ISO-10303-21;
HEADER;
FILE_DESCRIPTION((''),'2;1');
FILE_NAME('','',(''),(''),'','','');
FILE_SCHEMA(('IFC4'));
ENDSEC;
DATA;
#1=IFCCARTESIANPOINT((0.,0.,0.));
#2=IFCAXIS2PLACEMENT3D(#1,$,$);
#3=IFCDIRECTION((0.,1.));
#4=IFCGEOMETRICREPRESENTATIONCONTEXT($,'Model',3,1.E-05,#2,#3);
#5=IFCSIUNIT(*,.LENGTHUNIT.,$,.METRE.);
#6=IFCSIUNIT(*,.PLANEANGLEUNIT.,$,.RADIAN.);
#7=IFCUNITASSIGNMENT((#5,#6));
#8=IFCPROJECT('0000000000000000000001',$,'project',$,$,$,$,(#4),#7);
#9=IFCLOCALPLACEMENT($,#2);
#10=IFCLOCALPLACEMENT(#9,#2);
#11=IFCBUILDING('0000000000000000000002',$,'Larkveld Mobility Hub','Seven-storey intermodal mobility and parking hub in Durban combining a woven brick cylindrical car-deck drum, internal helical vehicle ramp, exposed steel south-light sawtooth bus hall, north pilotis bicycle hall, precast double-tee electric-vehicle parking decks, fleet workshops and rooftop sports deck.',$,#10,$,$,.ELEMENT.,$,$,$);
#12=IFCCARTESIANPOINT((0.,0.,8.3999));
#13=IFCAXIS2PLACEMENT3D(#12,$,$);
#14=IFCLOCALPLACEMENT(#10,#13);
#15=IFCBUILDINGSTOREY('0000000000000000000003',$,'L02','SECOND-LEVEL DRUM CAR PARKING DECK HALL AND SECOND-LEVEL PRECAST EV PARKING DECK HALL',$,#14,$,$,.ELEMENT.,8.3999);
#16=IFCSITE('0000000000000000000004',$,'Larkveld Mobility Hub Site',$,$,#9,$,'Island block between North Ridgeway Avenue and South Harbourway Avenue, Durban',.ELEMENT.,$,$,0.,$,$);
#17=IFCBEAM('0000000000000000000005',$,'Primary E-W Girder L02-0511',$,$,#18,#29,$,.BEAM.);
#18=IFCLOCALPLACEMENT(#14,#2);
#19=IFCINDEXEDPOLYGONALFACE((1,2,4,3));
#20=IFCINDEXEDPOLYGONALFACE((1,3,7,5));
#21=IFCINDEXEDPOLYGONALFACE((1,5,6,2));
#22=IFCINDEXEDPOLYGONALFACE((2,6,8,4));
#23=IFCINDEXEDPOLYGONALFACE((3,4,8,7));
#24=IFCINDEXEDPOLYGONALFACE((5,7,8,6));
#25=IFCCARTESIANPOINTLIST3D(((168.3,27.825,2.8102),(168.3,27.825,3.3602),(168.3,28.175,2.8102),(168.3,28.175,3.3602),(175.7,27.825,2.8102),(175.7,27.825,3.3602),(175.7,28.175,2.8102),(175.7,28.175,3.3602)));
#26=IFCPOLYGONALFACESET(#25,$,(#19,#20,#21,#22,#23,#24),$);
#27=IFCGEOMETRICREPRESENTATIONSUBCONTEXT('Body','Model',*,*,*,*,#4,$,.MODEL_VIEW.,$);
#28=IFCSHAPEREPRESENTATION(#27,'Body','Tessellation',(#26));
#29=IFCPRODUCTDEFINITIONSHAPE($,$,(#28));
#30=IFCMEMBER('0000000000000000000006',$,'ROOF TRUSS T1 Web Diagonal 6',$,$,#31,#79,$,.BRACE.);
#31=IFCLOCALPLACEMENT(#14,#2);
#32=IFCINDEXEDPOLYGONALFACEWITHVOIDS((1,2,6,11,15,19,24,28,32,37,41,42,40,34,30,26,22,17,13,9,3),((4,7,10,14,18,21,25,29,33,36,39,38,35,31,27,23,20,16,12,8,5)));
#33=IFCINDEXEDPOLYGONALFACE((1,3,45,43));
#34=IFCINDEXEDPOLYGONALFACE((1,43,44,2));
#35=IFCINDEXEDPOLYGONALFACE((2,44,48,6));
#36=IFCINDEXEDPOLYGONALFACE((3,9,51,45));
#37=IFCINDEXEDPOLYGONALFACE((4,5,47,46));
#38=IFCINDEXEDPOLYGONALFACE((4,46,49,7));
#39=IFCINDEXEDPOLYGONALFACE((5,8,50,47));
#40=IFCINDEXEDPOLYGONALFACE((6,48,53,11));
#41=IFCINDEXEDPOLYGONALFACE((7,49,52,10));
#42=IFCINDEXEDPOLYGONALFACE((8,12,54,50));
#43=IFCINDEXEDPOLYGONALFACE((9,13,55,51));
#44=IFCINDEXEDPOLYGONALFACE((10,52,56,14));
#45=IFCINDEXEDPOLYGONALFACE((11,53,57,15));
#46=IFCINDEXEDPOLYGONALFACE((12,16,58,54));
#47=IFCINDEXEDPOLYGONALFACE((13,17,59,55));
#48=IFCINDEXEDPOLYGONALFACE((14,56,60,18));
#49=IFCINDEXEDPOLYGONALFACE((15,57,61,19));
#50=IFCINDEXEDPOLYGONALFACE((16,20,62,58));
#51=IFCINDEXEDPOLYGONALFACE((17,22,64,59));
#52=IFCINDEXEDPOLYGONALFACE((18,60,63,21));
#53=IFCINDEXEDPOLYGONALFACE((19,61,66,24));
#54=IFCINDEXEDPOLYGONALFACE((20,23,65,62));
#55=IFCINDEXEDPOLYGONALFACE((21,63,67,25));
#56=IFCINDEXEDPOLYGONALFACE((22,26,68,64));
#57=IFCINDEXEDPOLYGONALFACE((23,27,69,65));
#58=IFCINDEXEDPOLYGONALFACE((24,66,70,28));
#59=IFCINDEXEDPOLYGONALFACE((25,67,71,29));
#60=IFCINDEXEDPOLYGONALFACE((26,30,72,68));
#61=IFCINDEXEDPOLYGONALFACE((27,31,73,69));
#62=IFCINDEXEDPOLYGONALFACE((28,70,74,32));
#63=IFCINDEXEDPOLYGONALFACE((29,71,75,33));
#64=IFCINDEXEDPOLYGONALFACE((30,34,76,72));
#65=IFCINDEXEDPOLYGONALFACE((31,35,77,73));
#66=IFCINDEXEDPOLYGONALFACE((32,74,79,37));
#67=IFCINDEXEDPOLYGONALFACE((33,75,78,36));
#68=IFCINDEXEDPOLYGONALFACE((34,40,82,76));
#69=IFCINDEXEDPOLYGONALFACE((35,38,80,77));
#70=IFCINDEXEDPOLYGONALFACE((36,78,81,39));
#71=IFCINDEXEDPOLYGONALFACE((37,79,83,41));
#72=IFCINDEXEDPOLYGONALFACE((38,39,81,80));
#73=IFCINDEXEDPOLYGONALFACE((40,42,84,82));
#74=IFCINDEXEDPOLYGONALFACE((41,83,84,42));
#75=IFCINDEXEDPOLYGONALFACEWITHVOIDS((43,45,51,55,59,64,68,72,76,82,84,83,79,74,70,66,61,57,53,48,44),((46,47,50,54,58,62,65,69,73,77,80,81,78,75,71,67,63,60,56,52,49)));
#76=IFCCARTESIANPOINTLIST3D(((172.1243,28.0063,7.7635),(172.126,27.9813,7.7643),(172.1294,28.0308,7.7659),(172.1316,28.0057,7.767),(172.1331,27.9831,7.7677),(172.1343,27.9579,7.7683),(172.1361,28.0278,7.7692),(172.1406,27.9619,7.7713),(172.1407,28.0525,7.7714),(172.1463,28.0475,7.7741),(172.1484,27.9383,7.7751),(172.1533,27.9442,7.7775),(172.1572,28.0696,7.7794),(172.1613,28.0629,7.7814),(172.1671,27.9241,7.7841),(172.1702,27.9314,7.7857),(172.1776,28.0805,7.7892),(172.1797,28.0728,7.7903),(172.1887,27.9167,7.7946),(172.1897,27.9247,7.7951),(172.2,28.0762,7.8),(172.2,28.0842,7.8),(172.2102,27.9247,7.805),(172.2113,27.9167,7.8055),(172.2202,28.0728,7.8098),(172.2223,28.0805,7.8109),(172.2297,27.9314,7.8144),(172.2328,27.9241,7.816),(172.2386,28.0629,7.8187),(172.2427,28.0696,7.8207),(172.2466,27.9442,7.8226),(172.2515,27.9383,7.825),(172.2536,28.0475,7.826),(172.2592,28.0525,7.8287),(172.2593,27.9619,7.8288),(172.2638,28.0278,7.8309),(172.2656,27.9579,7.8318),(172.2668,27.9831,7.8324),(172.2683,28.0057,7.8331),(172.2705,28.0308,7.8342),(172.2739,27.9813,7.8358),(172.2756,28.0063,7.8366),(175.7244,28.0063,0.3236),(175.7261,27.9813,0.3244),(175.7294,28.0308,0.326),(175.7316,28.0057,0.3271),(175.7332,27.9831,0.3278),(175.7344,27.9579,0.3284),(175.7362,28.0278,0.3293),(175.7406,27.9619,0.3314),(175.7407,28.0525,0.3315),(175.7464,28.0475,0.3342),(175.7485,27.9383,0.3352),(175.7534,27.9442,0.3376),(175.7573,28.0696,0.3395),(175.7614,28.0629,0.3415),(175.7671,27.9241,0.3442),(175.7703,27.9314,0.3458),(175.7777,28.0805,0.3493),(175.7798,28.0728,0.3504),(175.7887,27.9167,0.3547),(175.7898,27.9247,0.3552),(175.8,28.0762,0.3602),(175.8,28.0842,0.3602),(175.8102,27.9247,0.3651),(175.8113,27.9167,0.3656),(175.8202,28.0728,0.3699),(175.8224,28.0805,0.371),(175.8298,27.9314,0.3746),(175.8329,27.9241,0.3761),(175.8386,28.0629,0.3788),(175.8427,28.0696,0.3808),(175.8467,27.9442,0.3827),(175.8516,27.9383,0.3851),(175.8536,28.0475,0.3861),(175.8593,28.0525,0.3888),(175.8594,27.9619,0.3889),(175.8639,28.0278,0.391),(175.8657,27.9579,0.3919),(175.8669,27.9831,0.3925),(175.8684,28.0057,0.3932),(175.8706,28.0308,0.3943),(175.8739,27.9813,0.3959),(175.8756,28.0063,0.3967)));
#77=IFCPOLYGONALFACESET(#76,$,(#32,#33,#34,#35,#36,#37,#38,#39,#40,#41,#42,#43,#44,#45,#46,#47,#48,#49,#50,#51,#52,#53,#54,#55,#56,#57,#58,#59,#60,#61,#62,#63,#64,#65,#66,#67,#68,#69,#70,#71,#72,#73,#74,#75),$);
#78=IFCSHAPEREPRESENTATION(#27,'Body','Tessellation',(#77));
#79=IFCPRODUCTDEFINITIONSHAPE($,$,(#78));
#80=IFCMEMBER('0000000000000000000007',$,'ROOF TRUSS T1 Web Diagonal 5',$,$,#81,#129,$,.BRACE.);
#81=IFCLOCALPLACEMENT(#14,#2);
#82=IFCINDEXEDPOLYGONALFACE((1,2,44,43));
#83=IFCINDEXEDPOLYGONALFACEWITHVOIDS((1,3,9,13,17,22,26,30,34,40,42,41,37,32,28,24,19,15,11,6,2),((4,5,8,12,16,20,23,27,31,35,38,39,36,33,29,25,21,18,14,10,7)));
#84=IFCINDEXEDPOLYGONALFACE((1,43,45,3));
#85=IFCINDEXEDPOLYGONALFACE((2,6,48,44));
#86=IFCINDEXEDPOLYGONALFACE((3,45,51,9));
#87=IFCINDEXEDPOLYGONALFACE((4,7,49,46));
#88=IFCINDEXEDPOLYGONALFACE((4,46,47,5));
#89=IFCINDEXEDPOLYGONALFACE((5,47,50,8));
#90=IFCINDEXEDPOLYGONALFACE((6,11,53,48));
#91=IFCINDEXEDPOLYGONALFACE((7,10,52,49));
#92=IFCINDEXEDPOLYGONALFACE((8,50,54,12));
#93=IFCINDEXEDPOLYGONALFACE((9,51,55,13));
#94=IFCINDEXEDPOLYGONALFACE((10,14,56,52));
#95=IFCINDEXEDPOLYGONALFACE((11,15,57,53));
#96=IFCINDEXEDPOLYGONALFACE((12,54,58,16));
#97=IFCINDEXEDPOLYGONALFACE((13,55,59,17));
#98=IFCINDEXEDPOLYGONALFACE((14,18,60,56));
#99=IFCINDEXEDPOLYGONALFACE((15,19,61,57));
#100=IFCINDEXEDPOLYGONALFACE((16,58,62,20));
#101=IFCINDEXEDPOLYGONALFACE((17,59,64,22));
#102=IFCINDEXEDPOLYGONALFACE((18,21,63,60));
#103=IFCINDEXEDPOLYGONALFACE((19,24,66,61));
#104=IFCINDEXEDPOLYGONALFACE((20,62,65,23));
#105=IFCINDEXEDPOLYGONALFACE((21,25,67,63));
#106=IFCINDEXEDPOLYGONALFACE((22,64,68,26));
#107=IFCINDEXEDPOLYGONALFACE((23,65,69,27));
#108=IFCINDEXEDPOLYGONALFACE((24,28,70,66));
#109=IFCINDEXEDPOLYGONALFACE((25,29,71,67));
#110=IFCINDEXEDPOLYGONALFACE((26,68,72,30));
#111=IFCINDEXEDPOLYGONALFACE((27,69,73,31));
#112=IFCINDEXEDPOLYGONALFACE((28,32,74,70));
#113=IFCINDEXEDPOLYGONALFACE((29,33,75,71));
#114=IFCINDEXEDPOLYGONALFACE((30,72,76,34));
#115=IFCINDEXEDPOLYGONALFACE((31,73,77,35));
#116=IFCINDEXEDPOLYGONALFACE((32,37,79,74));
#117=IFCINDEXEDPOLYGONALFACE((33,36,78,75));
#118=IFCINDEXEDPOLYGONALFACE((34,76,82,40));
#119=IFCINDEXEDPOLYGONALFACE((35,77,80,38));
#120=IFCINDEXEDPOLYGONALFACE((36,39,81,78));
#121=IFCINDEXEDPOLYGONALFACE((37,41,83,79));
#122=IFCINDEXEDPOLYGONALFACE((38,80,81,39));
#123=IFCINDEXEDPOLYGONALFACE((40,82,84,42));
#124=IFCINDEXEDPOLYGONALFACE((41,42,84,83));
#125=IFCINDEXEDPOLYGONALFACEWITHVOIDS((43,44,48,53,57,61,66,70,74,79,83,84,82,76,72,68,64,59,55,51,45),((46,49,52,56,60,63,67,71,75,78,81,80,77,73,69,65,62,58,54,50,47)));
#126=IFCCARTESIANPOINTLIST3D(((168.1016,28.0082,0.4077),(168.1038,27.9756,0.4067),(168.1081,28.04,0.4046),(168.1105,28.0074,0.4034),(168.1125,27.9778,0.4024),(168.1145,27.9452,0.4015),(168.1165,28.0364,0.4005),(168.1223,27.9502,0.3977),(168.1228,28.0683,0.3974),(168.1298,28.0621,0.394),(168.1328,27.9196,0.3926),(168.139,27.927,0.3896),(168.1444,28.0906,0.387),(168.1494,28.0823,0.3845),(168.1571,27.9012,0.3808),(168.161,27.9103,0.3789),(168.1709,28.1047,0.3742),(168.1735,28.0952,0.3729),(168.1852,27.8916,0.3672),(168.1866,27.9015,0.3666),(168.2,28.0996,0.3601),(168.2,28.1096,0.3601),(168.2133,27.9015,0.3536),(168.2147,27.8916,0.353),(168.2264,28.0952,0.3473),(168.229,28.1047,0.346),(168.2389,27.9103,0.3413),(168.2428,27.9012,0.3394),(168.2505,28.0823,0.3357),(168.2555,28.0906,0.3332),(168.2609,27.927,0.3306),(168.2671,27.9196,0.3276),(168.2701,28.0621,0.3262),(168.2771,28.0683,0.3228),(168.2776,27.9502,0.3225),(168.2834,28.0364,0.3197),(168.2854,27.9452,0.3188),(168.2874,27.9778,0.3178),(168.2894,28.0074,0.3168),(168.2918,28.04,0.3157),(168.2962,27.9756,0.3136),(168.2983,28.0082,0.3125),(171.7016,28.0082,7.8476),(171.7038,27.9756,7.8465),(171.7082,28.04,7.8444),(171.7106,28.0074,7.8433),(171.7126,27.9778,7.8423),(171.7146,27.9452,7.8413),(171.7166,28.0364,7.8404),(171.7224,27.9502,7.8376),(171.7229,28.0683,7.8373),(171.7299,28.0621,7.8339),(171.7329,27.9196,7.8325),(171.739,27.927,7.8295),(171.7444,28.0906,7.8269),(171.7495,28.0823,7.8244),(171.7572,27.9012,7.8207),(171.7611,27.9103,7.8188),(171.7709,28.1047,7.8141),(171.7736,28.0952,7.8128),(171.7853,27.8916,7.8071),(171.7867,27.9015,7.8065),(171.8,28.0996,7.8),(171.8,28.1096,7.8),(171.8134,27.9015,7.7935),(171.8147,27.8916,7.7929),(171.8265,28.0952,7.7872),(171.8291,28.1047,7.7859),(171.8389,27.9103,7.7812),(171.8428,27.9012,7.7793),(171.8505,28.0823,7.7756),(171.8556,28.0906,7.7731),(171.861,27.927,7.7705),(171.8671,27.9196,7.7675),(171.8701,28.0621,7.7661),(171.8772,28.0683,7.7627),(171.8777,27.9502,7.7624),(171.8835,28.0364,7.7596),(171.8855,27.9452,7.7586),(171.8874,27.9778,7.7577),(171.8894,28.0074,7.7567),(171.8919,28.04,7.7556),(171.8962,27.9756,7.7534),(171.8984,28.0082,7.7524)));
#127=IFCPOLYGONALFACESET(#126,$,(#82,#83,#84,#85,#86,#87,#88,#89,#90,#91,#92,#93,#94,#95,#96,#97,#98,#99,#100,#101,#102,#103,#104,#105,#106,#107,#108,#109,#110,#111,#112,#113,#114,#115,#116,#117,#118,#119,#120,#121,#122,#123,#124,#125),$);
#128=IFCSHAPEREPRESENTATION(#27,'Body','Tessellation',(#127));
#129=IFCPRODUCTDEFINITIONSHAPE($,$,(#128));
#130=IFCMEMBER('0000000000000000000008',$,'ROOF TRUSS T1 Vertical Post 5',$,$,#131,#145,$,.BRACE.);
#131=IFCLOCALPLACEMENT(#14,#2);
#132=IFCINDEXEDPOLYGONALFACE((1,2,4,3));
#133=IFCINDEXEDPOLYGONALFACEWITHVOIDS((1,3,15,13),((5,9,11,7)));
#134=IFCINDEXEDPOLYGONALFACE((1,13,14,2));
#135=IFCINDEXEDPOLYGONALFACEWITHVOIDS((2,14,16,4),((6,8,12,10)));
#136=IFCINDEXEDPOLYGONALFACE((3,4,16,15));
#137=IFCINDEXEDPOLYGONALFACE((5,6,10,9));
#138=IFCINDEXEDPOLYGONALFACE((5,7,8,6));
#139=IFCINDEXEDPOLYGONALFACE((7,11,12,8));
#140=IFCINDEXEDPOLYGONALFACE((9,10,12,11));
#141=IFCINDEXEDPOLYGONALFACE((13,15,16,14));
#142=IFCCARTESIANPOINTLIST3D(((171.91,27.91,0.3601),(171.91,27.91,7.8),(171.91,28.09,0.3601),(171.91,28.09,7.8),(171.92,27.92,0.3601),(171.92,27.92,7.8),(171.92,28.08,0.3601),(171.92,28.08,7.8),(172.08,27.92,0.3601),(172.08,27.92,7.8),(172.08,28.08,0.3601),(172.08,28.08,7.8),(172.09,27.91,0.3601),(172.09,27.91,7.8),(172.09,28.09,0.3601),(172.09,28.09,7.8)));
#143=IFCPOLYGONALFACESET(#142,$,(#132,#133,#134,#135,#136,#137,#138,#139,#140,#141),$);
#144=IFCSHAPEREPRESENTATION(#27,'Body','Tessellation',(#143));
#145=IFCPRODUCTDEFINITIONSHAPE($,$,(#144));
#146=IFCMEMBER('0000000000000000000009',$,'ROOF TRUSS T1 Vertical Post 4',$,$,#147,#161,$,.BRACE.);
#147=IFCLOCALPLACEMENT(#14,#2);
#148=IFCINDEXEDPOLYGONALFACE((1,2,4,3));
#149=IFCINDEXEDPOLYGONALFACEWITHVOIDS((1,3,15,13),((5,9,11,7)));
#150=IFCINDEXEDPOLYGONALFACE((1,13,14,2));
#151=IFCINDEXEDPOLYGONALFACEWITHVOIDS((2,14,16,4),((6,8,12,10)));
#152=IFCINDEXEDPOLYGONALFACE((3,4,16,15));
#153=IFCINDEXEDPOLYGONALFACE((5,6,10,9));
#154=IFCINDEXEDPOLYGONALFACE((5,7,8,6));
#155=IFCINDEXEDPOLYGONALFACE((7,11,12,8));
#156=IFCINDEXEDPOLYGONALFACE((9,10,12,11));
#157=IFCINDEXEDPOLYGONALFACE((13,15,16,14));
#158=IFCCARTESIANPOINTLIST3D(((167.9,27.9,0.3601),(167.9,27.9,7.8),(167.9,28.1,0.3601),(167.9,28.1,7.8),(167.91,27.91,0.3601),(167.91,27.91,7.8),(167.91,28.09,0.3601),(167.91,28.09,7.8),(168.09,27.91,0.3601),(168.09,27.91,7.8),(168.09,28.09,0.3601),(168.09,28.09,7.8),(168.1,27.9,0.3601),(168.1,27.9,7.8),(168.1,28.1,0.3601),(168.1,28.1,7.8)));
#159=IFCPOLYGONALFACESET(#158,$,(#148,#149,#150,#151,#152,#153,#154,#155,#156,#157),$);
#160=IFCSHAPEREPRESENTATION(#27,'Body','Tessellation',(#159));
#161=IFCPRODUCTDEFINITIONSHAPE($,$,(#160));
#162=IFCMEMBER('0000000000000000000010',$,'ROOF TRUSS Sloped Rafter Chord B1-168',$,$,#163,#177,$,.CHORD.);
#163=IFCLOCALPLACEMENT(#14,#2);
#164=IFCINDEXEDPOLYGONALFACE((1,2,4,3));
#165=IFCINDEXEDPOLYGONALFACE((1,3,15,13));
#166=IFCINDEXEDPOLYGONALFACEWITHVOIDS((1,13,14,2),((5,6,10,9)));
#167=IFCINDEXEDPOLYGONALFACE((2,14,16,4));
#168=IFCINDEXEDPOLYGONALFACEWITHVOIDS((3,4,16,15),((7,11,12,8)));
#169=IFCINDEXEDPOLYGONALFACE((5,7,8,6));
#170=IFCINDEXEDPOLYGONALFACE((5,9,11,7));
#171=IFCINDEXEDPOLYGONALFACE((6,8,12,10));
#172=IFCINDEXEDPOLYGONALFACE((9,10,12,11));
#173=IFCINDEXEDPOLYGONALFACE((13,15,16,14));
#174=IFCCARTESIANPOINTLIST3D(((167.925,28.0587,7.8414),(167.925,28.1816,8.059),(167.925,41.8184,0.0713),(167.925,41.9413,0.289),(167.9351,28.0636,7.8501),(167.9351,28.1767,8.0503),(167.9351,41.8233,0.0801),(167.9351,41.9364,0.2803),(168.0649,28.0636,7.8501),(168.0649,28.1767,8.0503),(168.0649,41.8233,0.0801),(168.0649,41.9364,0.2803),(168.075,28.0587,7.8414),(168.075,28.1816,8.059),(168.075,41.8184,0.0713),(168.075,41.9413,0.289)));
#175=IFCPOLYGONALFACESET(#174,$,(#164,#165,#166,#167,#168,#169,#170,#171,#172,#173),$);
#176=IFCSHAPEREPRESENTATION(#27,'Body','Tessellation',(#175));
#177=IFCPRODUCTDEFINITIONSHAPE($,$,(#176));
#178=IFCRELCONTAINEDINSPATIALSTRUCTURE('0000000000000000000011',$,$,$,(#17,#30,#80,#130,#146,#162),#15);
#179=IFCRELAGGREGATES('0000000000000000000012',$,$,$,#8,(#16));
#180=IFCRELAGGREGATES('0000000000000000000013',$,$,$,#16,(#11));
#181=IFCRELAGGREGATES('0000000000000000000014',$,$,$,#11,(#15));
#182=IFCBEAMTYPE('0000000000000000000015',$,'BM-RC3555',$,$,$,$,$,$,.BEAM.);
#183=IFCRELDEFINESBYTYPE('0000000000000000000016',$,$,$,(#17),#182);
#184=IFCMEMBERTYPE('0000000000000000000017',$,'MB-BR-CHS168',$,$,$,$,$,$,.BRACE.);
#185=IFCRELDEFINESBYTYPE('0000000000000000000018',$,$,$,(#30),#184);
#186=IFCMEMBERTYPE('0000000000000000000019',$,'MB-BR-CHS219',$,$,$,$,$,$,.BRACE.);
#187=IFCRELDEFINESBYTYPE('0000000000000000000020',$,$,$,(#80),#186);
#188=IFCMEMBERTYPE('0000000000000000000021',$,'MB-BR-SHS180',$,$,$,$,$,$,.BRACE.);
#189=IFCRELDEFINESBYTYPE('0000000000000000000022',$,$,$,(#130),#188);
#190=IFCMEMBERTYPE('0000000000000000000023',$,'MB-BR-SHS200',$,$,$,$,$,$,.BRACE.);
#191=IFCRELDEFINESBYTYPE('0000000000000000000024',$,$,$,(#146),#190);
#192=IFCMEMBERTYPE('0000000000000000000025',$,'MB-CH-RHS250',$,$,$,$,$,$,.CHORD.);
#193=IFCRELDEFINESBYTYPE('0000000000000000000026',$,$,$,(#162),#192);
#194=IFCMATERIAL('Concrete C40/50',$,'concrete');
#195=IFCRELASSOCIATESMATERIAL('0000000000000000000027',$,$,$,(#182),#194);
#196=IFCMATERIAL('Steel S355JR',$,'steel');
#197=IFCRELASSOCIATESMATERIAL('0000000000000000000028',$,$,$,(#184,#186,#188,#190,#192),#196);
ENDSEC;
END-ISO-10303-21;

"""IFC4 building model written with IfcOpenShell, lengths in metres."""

from ifc_helpers import new_model, si_unit, direction, frame, origin, origin_2d, place, context, subcontext, project, spatial, rectangle, hollow_rectangle, hollow_circle, extrude, material, material_profile, profile_set, type_object, element, save


model = new_model("IFC4")

# Units and contexts
model_context = context("Model", 3, precision=1e-05, world=origin(), true_north=direction((0.0, 1.0)))
body_context = subcontext(model_context, "Body", "Model", "MODEL_VIEW")
ifc_project = project(units=[si_unit("LENGTHUNIT", "METRE"), si_unit("PLANEANGLEUNIT", "RADIAN")], contexts=[model_context])

# Site, building, storey
site_placement = place(None, origin())
site = spatial("IfcSite", under=ifc_project, at=site_placement, Name="Larkveld Mobility Hub Site", LongName="Island block between North Ridgeway Avenue and South Harbourway Avenue, Durban", CompositionType="ELEMENT", RefElevation=0.0)
building_placement = place(site_placement, origin())
building = spatial("IfcBuilding", under=site, at=building_placement, Name="Larkveld Mobility Hub", Description="Seven-storey intermodal mobility and parking hub in Durban combining a woven brick cylindrical car-deck drum, internal helical vehicle ramp, exposed steel south-light sawtooth bus hall, north pilotis bicycle hall, precast double-tee electric-vehicle parking decks, fleet workshops and rooftop sports deck.", CompositionType="ELEMENT")
storey_placement = place(building_placement, frame((0.0, 0.0, 8.3999)))
storey = spatial("IfcBuildingStorey", under=building, at=storey_placement, Name="L02", Description="SECOND-LEVEL DRUM CAR PARKING DECK HALL AND SECOND-LEVEL PRECAST EV PARKING DECK HALL", CompositionType="ELEMENT", Elevation=8.3999)

# Beam
ifc_material_1 = material(Name="Concrete C40/50", Category="concrete")
ifc_material_profile_1 = material_profile(ifc_material_1, rectangle(XDim=0.3501, YDim=0.55, at=origin_2d()), Name="RC BM 350x550")
ifc_profile_set_1 = profile_set([ifc_material_profile_1], Name="Concrete C40/50")
beam_type = type_object("IfcBeamType", Name="BM-RC3555", PredefinedType="BEAM", material=ifc_profile_set_1)
beam_placement = place(storey_placement, frame((168.3, 28.0, 3.0852), z_axis=(1.0, 0.0, 0.0), x_axis=(0.0, 1.0, 0.0)))
element("IfcBeam", 1, at=beam_placement, inside=storey, type_object=beam_type, Name="Primary E-W Girder L02-0511", PredefinedType="BEAM", context=body_context, shape_type="SweptSolid", body=[
    extrude(rectangle(XDim=0.3501, YDim=0.55, at=origin_2d()), origin(), (0.0, 0.0, 1.0), 7.3999),
])

# Members
ifc_material_2 = material(Name="Steel S355JR", Category="steel")
ifc_material_profile_2 = material_profile(ifc_material_2, hollow_circle(Radius=0.0842, WallThickness=0.0081, at=origin_2d()), Name="CHS 168.3x8")
ifc_profile_set_2 = profile_set([ifc_material_profile_2], Name="Steel S355JR")
member_type_1 = type_object("IfcMemberType", Name="MB-BR-CHS168", PredefinedType="BRACE", material=ifc_profile_set_2)
member_1_placement = place(storey_placement, frame((172.2, 28.0, 7.8), z_axis=(0.435573, 0.0, -0.900153), x_axis=(0.0, 1.0, 0.0)))
element("IfcMember", 2, at=member_1_placement, inside=storey, type_object=member_type_1, Name="ROOF TRUSS T1 Web Diagonal 6", PredefinedType="BRACE", context=body_context, shape_type="SweptSolid", body=[
    extrude(hollow_circle(Radius=0.0842, WallThickness=0.0081, at=origin_2d()), origin(), (0.0, 0.0, 1.0), 8.2651),
])
ifc_material_profile_3 = material_profile(ifc_material_2, hollow_circle(Radius=0.1096, WallThickness=0.01, at=origin_2d()), Name="CHS 219.1x10")
ifc_profile_set_3 = profile_set([ifc_material_profile_3], Name="Steel S355JR")
member_type_2 = type_object("IfcMemberType", Name="MB-BR-CHS219", PredefinedType="BRACE", material=ifc_profile_set_3)
member_2_placement = place(storey_placement, frame((168.2, 28.0, 0.3601), z_axis=(0.435573, 0.0, 0.900153), x_axis=(0.0, 1.0, 0.0)))
element("IfcMember", 3, at=member_2_placement, inside=storey, type_object=member_type_2, Name="ROOF TRUSS T1 Web Diagonal 5", PredefinedType="BRACE", context=body_context, shape_type="SweptSolid", body=[
    extrude(hollow_circle(Radius=0.1096, WallThickness=0.01, at=origin_2d()), origin(), (0.0, 0.0, 1.0), 8.2651),
])
ifc_material_profile_4 = material_profile(ifc_material_2, hollow_rectangle(XDim=0.1799, YDim=0.1799, WallThickness=0.01, at=origin_2d()), Name="SHS 180x180x10")
ifc_profile_set_4 = profile_set([ifc_material_profile_4], Name="Steel S355JR")
member_type_3 = type_object("IfcMemberType", Name="MB-BR-SHS180", PredefinedType="BRACE", material=ifc_profile_set_4)
member_3_placement = place(storey_placement, frame((172.0, 28.0, 0.3601), z_axis=(0.0, 0.0, 1.0), x_axis=(1.0, 0.0, 0.0)))
element("IfcMember", 4, at=member_3_placement, inside=storey, type_object=member_type_3, Name="ROOF TRUSS T1 Vertical Post 5", PredefinedType="BRACE", context=body_context, shape_type="SweptSolid", body=[
    extrude(hollow_rectangle(XDim=0.1799, YDim=0.1799, WallThickness=0.01, at=origin_2d()), origin(), (0.0, 0.0, 1.0), 7.4399),
])
ifc_material_profile_5 = material_profile(ifc_material_2, hollow_rectangle(XDim=0.2, YDim=0.2, WallThickness=0.01, at=origin_2d()), Name="SHS 200x200x10")
ifc_profile_set_5 = profile_set([ifc_material_profile_5], Name="Steel S355JR")
member_type_4 = type_object("IfcMemberType", Name="MB-BR-SHS200", PredefinedType="BRACE", material=ifc_profile_set_5)
member_4_placement = place(storey_placement, frame((168.0, 28.0, 0.3601), z_axis=(0.0, 0.0, 1.0), x_axis=(1.0, 0.0, 0.0)))
element("IfcMember", 5, at=member_4_placement, inside=storey, type_object=member_type_4, Name="ROOF TRUSS T1 Vertical Post 4", PredefinedType="BRACE", context=body_context, shape_type="SweptSolid", body=[
    extrude(hollow_rectangle(XDim=0.2, YDim=0.2, WallThickness=0.01, at=origin_2d()), origin(), (0.0, 0.0, 1.0), 7.4399),
])
ifc_material_profile_6 = material_profile(ifc_material_2, hollow_rectangle(XDim=0.1499, YDim=0.25, WallThickness=0.01, at=origin_2d()), Name="RHS 250x150x10")
ifc_profile_set_6 = profile_set([ifc_material_profile_6], Name="Steel S355JR")
member_type_5 = type_object("IfcMemberType", Name="MB-CH-RHS250", PredefinedType="CHORD", material=ifc_profile_set_6)
member_5_placement = place(storey_placement, frame((168.0, 28.1201, 7.9502), z_axis=(0.0, 0.870759, -0.49171), x_axis=(-1.0, 0.0, 0.0)))
element("IfcMember", 6, at=member_5_placement, inside=storey, type_object=member_type_5, Name="ROOF TRUSS Sloped Rafter Chord B1-168", PredefinedType="CHORD", context=body_context, shape_type="SweptSolid", body=[
    extrude(hollow_rectangle(XDim=0.1499, YDim=0.25, WallThickness=0.01, at=origin_2d()), origin(), (0.0, 0.0, 1.0), 15.802),
])

save(model, "model.ifc")
